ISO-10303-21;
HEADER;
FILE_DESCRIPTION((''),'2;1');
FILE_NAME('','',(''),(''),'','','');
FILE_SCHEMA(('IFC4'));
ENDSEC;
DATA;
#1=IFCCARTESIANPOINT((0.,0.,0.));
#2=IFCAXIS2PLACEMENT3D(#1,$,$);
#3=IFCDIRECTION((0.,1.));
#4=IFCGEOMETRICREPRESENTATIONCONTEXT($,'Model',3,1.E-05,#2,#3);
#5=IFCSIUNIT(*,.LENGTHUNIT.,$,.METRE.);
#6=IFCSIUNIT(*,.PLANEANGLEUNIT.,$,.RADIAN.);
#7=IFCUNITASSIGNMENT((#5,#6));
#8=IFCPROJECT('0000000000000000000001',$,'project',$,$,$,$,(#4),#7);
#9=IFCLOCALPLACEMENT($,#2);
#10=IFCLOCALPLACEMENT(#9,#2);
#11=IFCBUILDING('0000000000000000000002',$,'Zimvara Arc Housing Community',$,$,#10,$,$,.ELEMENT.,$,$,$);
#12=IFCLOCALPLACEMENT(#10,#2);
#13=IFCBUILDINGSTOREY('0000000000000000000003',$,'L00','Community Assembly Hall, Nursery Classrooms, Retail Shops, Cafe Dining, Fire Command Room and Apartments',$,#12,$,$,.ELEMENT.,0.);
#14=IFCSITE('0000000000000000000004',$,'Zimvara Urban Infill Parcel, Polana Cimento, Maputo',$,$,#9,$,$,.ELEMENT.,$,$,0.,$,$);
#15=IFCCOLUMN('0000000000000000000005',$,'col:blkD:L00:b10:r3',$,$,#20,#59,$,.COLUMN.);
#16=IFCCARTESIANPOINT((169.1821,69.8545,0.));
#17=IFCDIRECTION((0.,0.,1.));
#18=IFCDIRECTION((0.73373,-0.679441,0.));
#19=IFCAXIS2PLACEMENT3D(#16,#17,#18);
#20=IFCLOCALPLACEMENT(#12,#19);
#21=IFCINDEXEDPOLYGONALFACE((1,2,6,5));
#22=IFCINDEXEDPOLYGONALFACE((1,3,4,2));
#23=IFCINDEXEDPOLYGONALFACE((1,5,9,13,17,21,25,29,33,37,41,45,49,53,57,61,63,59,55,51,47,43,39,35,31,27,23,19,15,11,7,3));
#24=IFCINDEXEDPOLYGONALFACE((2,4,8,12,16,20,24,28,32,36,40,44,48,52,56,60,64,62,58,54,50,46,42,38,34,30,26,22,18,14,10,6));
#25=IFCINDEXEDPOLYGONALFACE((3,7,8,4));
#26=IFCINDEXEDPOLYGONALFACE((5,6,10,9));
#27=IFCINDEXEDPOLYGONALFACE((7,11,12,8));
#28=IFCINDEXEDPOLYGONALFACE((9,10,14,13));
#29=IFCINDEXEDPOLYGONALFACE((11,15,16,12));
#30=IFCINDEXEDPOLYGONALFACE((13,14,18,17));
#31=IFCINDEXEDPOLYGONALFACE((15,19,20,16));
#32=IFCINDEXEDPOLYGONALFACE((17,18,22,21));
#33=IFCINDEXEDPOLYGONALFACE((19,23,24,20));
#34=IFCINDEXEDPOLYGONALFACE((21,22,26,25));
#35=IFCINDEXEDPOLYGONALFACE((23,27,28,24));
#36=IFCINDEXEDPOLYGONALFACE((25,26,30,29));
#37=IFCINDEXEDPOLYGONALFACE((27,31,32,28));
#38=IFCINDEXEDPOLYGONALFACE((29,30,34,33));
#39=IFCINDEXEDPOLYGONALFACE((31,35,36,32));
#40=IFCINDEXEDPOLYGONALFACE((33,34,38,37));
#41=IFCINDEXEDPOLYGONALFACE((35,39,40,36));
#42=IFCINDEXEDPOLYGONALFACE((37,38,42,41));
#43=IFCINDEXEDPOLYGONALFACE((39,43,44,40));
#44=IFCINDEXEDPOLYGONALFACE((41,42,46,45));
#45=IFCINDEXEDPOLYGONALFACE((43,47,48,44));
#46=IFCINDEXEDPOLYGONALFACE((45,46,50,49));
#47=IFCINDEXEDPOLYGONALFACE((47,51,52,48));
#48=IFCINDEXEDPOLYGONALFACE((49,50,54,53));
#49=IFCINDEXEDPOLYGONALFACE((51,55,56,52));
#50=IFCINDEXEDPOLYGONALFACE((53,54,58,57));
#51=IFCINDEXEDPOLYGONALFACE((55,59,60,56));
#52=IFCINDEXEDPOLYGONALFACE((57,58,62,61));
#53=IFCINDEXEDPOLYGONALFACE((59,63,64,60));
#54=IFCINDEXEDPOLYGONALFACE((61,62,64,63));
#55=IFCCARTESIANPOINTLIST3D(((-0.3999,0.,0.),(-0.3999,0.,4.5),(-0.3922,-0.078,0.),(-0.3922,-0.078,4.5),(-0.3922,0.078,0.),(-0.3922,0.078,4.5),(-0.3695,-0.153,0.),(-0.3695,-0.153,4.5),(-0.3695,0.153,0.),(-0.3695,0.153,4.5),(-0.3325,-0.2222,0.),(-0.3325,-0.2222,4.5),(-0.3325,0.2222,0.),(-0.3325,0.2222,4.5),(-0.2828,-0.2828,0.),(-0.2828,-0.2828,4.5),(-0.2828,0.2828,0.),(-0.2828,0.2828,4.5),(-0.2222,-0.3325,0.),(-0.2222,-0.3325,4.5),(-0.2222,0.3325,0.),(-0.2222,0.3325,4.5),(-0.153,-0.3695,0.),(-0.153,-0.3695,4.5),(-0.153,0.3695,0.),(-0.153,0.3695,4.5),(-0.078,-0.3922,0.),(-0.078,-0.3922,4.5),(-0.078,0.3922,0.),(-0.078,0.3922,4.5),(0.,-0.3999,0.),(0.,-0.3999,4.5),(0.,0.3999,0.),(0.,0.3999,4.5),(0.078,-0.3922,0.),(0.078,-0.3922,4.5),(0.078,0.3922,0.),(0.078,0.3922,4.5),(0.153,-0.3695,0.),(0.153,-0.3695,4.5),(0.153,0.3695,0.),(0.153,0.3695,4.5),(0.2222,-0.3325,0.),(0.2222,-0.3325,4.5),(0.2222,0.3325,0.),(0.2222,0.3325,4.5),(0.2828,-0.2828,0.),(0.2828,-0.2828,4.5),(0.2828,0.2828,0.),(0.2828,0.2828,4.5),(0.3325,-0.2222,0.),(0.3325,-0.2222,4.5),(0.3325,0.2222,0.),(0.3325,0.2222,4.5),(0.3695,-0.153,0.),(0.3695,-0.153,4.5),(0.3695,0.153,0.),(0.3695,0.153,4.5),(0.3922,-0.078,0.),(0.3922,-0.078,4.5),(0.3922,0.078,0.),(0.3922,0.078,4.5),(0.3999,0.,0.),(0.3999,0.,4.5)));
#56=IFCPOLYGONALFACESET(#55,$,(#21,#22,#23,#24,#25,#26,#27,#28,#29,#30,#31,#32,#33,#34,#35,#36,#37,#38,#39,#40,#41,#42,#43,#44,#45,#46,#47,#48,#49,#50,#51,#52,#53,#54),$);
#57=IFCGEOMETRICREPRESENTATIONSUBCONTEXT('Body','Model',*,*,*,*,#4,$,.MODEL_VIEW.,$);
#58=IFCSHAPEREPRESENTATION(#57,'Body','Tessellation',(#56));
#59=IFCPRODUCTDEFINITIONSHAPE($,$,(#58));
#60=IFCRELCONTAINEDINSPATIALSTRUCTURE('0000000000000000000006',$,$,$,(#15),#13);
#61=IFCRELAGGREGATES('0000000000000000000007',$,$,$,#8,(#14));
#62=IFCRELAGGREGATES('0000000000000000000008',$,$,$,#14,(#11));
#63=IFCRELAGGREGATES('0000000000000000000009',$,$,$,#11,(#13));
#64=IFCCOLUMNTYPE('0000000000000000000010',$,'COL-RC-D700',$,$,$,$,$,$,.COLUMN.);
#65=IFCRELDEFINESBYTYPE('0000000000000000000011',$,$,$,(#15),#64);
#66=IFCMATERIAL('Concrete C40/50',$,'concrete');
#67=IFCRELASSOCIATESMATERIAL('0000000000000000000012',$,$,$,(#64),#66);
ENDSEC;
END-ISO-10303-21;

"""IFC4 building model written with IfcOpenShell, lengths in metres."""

from ifc_helpers import new_model, si_unit, direction, frame, origin, origin_2d, place, context, subcontext, project, spatial, circle, extrude, material, material_profile, profile_set, type_object, element, save


model = new_model("IFC4")

# Units and contexts
model_context = context("Model", 3, precision=1e-05, world=origin(), true_north=direction((0.0, 1.0)))
body_context = subcontext(model_context, "Body", "Model", "MODEL_VIEW")
ifc_project = project(units=[si_unit("LENGTHUNIT", "METRE"), si_unit("PLANEANGLEUNIT", "RADIAN")], contexts=[model_context])

# Site, building, storey
site_placement = place(None, origin())
site = spatial("IfcSite", under=ifc_project, at=site_placement, Name="Zimvara Urban Infill Parcel, Polana Cimento, Maputo", CompositionType="ELEMENT", RefElevation=0.0)
building_placement = place(site_placement, origin())
building = spatial("IfcBuilding", under=site, at=building_placement, Name="Zimvara Arc Housing Community", CompositionType="ELEMENT")
storey_placement = place(building_placement, origin())
storey = spatial("IfcBuildingStorey", under=building, at=storey_placement, Name="L00", Description="Community Assembly Hall, Nursery Classrooms, Retail Shops, Cafe Dining, Fire Command Room and Apartments", CompositionType="ELEMENT", Elevation=0.0)

# Column
ifc_material_1 = material(Name="Concrete C40/50", Category="concrete")
ifc_material_profile_1 = material_profile(ifc_material_1, circle(Radius=0.3999, at=origin_2d()), Name="RC D800")
ifc_profile_set_1 = profile_set([ifc_material_profile_1], Name="Concrete C40/50")
column_type_1 = type_object("IfcColumnType", Name="COL-RC-D700", PredefinedType="COLUMN", material=ifc_profile_set_1)
column_1_placement = place(storey_placement, frame((169.1821, 69.8545, 0.0), z_axis=(0.0, 0.0, 1.0), x_axis=(0.73373, -0.679441, 0.0)))
element("IfcColumn", 1, at=column_1_placement, inside=storey, type_object=column_type_1, Name="col:blkD:L00:b10:r3", PredefinedType="COLUMN", context=body_context, shape_type="SweptSolid", body=[
    extrude(circle(Radius=0.3999, at=origin_2d()), origin(), (0.0, 0.0, 1.0), 4.5),
])

save(model, "model.ifc")
